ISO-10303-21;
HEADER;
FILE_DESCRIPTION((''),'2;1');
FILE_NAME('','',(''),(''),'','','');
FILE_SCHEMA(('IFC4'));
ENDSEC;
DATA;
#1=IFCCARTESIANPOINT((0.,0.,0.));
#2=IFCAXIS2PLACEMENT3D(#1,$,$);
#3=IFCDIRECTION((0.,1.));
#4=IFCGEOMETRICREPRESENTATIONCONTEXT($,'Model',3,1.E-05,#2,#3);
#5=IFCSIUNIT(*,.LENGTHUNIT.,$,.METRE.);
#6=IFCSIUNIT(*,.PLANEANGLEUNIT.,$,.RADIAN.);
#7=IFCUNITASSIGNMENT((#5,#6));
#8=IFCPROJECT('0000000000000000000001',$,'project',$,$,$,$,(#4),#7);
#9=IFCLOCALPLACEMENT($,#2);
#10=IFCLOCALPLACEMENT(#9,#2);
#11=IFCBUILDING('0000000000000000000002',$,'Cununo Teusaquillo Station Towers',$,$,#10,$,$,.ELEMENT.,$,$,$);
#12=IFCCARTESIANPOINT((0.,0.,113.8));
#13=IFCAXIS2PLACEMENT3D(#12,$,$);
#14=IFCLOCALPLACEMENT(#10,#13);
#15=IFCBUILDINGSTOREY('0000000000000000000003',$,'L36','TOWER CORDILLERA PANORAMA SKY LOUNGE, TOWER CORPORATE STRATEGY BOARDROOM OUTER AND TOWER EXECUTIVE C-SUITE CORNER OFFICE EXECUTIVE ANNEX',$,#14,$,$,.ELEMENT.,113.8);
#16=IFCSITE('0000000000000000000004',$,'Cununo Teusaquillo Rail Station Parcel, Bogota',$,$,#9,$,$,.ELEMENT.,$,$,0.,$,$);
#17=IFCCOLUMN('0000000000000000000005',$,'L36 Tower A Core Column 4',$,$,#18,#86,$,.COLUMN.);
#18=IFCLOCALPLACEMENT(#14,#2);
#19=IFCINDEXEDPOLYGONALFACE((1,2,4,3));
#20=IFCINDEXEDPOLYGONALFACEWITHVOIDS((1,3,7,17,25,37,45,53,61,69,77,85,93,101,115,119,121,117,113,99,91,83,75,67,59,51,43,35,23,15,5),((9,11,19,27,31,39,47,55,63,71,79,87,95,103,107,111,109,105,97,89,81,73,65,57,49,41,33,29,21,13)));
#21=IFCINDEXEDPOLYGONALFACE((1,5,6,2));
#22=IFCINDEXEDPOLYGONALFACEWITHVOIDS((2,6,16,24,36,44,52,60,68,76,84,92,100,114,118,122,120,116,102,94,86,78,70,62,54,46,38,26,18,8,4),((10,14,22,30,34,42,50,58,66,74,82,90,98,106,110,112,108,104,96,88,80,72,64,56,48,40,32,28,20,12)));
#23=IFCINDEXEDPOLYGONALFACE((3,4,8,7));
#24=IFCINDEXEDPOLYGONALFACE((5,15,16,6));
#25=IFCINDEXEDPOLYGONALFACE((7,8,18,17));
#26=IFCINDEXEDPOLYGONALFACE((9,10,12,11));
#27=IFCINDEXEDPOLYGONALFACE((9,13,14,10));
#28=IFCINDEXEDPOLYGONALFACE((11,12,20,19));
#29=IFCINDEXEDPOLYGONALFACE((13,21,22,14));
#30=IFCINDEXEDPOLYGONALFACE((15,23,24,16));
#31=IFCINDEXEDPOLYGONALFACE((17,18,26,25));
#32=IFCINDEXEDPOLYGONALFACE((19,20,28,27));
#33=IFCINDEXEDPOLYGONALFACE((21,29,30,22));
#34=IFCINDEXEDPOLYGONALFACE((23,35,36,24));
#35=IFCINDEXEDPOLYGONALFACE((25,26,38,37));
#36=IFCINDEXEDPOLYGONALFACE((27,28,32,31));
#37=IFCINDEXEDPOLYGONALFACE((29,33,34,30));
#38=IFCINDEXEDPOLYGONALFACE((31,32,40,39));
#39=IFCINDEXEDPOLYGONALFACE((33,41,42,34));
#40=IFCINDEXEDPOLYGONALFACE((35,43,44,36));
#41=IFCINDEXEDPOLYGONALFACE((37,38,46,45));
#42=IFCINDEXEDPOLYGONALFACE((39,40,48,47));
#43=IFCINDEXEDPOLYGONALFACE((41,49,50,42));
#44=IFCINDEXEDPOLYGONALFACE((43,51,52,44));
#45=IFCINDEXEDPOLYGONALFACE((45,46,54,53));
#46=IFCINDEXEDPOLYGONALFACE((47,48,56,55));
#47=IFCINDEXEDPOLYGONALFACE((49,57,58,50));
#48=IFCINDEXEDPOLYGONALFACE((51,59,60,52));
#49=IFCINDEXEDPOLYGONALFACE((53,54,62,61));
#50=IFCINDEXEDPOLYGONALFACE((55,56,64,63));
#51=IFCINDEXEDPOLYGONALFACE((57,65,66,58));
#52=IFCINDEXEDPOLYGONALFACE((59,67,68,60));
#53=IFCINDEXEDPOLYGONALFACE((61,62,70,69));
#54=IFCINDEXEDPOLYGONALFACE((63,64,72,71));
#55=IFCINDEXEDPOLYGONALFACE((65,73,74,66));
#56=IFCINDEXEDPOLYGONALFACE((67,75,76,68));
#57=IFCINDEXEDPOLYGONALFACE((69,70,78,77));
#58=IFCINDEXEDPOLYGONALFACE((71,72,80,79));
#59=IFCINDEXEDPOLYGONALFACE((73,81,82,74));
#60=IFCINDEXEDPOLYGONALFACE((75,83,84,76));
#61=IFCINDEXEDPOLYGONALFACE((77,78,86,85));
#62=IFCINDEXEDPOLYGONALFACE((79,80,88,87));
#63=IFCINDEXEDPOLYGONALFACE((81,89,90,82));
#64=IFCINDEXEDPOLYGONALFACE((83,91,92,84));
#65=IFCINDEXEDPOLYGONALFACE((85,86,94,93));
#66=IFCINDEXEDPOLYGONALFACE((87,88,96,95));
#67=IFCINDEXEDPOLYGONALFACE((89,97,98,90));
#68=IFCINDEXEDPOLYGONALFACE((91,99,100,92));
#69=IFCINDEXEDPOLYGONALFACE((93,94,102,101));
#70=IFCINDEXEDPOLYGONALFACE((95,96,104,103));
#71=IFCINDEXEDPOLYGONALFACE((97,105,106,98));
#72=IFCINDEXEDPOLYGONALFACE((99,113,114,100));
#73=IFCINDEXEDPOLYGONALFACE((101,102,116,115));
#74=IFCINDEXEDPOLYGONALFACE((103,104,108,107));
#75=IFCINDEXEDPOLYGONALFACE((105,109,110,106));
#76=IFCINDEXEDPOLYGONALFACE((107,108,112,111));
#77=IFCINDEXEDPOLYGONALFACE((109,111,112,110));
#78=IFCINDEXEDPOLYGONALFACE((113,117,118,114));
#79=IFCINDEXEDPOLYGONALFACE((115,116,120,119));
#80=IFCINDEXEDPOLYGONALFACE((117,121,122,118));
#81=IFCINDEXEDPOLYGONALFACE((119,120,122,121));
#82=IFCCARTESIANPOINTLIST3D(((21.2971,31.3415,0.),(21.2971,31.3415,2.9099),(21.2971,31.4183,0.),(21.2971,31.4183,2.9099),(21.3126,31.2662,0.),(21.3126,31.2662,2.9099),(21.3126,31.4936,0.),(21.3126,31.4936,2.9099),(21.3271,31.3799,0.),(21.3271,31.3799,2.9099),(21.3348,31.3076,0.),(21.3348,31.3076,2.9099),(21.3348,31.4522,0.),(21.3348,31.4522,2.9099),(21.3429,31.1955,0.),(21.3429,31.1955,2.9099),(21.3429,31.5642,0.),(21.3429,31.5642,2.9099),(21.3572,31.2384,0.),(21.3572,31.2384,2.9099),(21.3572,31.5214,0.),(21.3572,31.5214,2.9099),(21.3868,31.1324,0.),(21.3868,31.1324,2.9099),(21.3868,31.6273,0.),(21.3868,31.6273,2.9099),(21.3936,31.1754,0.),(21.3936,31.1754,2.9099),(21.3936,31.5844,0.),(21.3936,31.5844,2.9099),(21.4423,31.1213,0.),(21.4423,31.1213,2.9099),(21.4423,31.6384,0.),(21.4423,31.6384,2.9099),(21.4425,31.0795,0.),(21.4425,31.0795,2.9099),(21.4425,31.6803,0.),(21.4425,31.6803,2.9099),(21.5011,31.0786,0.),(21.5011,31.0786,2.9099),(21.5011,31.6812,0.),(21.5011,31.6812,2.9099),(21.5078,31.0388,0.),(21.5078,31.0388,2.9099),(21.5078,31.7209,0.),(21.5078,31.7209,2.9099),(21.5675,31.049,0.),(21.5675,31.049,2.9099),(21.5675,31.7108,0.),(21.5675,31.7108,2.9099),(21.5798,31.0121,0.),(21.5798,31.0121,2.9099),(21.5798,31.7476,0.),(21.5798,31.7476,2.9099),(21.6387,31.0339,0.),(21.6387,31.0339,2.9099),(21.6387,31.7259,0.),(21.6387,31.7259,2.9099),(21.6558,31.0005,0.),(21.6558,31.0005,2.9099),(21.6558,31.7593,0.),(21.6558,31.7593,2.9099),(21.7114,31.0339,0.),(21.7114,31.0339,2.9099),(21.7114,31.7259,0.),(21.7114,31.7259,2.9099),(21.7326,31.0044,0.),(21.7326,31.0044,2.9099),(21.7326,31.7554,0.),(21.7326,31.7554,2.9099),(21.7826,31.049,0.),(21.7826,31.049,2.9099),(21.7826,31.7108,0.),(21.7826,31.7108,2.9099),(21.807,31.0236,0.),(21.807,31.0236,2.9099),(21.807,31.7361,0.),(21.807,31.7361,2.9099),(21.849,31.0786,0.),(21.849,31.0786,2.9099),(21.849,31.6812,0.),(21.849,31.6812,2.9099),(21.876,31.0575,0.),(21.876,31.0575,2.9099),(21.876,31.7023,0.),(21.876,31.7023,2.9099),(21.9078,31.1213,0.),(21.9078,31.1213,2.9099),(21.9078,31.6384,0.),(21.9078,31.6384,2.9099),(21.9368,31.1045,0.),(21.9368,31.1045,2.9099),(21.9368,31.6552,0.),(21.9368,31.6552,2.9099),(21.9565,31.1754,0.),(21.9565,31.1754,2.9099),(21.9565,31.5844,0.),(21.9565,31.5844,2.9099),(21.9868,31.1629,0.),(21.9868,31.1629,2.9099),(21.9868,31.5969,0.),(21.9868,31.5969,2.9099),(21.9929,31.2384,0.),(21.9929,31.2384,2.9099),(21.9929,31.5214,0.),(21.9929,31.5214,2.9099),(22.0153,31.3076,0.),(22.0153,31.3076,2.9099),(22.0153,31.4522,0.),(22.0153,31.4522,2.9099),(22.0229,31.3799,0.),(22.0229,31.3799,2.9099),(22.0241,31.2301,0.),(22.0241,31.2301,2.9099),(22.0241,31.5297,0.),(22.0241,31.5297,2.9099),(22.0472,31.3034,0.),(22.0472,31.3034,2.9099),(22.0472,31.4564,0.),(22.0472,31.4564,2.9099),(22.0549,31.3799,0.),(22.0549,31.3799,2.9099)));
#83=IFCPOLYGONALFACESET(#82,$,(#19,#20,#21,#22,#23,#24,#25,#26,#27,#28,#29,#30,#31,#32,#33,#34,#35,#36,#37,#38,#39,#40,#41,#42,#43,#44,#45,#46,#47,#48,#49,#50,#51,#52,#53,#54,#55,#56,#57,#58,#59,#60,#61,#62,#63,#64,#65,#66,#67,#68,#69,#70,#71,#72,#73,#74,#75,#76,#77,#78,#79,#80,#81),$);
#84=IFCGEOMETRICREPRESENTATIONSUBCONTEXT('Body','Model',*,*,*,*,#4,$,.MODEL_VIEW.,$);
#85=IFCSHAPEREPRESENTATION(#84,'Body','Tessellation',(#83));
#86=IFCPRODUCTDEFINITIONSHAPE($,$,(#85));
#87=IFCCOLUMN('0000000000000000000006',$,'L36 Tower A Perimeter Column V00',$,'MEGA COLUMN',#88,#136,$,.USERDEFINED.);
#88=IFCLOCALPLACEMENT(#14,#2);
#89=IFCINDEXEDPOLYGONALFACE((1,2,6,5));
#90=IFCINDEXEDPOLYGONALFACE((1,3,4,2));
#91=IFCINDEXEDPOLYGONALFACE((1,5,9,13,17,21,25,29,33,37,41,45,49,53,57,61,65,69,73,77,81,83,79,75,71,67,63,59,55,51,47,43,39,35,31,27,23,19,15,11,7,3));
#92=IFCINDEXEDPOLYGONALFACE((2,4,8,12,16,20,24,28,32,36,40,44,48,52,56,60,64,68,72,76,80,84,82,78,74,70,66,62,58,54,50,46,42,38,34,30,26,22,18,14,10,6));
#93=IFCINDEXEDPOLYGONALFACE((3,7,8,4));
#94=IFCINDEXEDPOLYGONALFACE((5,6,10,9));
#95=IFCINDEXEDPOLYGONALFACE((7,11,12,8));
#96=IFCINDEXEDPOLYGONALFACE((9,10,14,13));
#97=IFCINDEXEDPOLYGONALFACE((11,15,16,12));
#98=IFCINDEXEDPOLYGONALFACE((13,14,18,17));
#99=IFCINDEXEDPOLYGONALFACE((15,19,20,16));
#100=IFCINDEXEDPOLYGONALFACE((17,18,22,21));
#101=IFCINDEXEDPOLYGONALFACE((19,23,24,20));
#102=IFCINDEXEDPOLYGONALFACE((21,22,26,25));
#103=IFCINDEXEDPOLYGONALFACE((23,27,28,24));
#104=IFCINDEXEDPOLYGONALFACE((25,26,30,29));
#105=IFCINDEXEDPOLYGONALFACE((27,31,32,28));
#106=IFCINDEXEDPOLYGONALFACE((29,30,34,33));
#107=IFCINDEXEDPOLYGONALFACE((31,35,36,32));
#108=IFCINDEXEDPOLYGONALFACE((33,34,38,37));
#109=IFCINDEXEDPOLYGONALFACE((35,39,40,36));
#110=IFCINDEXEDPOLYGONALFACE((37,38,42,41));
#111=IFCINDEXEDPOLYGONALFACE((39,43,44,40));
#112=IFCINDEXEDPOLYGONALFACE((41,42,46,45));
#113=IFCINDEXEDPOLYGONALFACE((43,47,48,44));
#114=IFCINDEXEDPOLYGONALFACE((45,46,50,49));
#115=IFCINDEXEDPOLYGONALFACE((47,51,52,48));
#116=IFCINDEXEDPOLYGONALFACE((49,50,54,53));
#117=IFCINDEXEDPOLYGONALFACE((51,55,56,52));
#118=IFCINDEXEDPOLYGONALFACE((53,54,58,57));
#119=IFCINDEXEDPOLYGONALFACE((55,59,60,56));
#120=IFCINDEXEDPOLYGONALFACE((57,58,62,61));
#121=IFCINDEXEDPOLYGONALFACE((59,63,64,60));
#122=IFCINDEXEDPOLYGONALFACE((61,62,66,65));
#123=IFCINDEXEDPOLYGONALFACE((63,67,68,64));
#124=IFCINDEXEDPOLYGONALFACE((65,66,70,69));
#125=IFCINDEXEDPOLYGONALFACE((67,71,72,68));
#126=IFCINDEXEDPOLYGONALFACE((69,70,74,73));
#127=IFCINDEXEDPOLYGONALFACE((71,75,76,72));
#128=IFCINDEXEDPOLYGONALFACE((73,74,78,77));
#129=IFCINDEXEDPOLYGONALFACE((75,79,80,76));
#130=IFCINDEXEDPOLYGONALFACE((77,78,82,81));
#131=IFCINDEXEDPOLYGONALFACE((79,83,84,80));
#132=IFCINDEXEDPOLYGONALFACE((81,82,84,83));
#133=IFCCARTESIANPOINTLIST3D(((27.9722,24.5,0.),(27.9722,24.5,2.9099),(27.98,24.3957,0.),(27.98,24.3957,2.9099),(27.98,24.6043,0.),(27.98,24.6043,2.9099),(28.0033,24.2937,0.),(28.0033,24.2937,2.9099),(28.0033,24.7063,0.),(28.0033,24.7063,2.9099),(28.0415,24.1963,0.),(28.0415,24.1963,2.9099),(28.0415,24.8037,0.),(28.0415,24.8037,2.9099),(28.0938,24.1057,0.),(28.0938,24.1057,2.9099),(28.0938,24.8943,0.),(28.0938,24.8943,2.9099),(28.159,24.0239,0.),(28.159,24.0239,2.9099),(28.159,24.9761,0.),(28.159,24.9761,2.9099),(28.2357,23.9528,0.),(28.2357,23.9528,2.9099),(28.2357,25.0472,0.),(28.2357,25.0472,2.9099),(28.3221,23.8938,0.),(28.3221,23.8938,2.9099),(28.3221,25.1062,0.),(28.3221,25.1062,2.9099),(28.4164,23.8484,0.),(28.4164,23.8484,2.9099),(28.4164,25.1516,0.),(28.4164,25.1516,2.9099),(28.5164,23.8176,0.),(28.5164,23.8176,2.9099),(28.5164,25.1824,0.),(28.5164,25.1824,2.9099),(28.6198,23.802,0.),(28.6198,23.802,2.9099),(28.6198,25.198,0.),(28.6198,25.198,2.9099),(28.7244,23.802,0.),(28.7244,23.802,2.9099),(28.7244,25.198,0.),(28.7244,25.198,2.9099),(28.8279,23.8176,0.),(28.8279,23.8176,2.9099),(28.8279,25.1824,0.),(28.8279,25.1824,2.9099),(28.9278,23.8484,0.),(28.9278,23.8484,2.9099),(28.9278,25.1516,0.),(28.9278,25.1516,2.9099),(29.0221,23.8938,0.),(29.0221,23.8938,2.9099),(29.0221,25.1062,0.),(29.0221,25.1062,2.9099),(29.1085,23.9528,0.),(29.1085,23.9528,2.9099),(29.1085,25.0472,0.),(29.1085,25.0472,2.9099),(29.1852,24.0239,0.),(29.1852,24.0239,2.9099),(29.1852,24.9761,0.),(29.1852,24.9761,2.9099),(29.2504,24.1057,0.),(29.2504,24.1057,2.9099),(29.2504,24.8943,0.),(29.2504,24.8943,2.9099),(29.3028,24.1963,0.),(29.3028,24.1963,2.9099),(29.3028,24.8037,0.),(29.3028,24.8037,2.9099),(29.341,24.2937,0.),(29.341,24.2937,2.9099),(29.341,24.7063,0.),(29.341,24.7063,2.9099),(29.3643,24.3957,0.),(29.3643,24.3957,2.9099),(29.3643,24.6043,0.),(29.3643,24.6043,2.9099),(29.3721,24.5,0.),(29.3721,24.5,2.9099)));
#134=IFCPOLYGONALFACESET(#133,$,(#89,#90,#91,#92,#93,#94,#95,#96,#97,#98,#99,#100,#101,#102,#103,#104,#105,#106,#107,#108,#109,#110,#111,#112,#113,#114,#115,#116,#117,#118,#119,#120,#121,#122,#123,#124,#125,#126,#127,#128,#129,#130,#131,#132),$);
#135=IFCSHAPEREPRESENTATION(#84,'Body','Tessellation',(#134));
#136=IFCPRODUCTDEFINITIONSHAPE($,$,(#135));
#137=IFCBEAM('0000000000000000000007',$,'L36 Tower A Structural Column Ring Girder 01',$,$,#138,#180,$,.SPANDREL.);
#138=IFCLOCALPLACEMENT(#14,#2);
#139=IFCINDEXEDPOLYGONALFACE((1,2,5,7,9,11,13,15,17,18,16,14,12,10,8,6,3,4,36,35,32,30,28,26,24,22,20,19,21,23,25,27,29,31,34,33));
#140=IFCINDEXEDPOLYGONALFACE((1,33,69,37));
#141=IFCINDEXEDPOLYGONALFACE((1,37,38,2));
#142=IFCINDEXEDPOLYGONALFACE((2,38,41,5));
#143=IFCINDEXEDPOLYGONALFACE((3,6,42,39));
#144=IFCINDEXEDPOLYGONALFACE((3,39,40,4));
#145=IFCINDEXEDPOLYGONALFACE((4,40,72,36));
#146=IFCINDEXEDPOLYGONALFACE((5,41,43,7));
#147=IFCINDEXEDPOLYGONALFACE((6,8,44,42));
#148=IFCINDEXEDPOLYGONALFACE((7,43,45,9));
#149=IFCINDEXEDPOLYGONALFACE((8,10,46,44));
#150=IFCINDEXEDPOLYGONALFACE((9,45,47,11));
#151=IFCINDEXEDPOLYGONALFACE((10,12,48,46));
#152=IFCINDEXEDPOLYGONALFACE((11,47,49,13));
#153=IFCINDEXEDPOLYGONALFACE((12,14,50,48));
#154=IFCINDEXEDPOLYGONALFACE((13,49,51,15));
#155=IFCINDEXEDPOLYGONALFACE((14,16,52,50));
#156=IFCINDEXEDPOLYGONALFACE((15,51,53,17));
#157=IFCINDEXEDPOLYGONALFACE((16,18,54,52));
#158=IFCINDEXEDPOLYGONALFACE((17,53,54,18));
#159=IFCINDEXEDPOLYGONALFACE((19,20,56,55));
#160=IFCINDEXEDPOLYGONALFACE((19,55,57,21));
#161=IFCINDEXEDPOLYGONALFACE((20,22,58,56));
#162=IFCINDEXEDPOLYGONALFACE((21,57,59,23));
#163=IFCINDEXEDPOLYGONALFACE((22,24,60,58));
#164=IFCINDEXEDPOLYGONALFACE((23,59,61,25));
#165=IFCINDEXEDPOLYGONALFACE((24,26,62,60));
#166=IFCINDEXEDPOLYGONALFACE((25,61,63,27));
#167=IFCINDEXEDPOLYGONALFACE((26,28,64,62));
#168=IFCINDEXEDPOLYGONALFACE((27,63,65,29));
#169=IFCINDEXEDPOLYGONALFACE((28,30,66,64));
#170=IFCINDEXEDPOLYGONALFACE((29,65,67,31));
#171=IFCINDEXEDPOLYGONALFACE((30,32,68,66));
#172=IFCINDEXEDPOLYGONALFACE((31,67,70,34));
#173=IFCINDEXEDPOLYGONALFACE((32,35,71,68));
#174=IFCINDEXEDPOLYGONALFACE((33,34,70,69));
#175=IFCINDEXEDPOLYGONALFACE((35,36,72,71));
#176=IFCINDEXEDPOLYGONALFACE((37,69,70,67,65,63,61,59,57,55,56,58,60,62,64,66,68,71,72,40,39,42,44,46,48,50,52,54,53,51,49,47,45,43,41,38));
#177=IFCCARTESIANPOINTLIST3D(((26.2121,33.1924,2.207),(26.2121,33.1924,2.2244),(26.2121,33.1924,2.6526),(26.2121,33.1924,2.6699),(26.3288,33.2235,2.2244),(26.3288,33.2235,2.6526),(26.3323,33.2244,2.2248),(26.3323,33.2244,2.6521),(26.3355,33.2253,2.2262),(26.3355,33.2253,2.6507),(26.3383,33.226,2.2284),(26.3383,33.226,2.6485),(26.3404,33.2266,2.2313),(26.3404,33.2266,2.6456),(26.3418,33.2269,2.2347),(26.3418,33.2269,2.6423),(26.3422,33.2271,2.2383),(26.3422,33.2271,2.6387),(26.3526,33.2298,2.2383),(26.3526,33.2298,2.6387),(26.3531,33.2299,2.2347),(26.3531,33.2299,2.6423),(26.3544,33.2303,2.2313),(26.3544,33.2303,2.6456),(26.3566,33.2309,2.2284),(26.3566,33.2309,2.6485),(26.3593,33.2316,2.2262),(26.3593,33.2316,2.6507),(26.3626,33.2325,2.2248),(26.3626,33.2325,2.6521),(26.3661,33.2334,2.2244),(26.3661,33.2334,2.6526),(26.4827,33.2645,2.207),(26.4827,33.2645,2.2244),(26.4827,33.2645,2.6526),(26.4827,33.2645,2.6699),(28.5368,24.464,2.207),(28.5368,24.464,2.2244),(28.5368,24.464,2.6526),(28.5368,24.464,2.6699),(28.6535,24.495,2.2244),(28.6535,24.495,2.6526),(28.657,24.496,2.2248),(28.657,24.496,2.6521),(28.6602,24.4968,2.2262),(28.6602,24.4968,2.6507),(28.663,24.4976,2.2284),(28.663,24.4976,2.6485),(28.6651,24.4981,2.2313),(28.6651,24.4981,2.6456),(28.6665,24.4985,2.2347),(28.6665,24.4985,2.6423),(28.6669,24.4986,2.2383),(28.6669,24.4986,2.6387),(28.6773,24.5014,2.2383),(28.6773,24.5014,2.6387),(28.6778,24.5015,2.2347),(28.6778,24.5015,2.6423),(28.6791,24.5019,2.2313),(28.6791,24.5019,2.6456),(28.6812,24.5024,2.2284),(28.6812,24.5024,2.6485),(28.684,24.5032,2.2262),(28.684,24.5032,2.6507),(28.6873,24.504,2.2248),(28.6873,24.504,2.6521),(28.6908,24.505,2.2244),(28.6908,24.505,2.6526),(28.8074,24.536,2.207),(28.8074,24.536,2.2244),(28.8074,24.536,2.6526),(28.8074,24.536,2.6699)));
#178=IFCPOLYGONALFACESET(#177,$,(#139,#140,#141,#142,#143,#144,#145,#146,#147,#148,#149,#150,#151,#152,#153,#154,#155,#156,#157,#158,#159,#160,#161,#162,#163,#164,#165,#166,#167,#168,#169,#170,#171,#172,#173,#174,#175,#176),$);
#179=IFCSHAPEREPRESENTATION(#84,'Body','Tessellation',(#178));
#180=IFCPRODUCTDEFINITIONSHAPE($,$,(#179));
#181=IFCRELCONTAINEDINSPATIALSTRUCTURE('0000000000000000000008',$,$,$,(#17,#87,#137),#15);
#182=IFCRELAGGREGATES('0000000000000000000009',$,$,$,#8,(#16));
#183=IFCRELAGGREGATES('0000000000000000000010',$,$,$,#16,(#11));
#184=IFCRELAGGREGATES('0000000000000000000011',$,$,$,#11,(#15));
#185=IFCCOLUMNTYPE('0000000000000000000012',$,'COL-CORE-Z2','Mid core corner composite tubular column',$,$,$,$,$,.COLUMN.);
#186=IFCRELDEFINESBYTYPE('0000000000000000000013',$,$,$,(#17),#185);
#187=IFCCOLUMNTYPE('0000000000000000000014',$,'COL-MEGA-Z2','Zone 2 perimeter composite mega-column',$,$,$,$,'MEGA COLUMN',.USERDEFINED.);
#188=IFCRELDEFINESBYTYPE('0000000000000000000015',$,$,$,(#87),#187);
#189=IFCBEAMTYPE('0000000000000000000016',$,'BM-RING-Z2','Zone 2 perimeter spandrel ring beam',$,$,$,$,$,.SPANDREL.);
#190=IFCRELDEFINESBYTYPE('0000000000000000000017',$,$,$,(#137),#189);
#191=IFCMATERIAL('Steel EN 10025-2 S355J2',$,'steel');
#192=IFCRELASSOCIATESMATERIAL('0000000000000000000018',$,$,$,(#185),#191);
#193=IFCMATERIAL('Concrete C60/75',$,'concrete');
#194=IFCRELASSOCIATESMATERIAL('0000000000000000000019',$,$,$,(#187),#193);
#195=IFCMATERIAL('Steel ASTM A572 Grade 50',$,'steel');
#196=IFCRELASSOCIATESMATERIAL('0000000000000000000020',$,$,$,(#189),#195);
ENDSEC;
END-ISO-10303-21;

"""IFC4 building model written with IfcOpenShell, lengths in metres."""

from ifc_helpers import new_model, si_unit, direction, frame, origin, origin_2d, place, context, subcontext, project, spatial, circle, hollow_circle, i_section, extrude, material, material_profile, profile_set, type_object, element, save


model = new_model("IFC4")

# Units and contexts
model_context = context("Model", 3, precision=1e-05, world=origin(), true_north=direction((0.0, 1.0)))
body_context = subcontext(model_context, "Body", "Model", "MODEL_VIEW")
ifc_project = project(units=[si_unit("LENGTHUNIT", "METRE"), si_unit("PLANEANGLEUNIT", "RADIAN")], contexts=[model_context])

# Site, building, storey
site_placement = place(None, origin())
site = spatial("IfcSite", under=ifc_project, at=site_placement, Name="Cununo Teusaquillo Rail Station Parcel, Bogota", CompositionType="ELEMENT", RefElevation=0.0)
building_placement = place(site_placement, origin())
building = spatial("IfcBuilding", under=site, at=building_placement, Name="Cununo Teusaquillo Station Towers", CompositionType="ELEMENT")
storey_placement = place(building_placement, frame((0.0, 0.0, 113.8)))
storey = spatial("IfcBuildingStorey", under=building, at=storey_placement, Name="L36", Description="TOWER CORDILLERA PANORAMA SKY LOUNGE, TOWER CORPORATE STRATEGY BOARDROOM OUTER AND TOWER EXECUTIVE C-SUITE CORNER OFFICE EXECUTIVE ANNEX", CompositionType="ELEMENT", Elevation=113.8)

# Columns
ifc_material_1 = material(Name="Steel EN 10025-2 S355J2", Category="steel")
ifc_material_profile_1 = material_profile(ifc_material_1, hollow_circle(Radius=0.3799, WallThickness=0.032, at=origin_2d()), Name="CHS 760x32")
ifc_profile_set_1 = profile_set([ifc_material_profile_1], Name="Steel EN 10025-2 S355J2")
column_type_1 = type_object("IfcColumnType", Name="COL-CORE-Z2", Description="Mid core corner composite tubular column", PredefinedType="COLUMN", material=ifc_profile_set_1)
column_1_placement = place(storey_placement, frame((21.675, 31.3799, 0.0), z_axis=(0.0, 0.0, 1.0), x_axis=(1.0, 0.0, 0.0)))
element("IfcColumn", 1, at=column_1_placement, inside=storey, type_object=column_type_1, Name="L36 Tower A Core Column 4", PredefinedType="COLUMN", context=body_context, shape_type="SweptSolid", body=[
    extrude(hollow_circle(Radius=0.3799, WallThickness=0.032, at=origin_2d()), origin(), (0.0, 0.0, 1.0), 2.9099),
])
ifc_material_2 = material(Name="Concrete C60/75", Category="concrete")
ifc_material_profile_2 = material_profile(ifc_material_2, circle(Radius=0.7, at=origin_2d()), Name="RC-CIRC-1400")
ifc_profile_set_2 = profile_set([ifc_material_profile_2], Name="Concrete C60/75")
column_type_2 = type_object("IfcColumnType", Name="COL-MEGA-Z2", Description="Zone 2 perimeter composite mega-column", ElementType="MEGA COLUMN", PredefinedType="USERDEFINED", material=ifc_profile_set_2)
column_2_placement = place(storey_placement, frame((28.6721, 24.5, 0.0), z_axis=(0.0, 0.0, 1.0), x_axis=(1.0, 0.0, 0.0)))
element("IfcColumn", 2, at=column_2_placement, inside=storey, type_object=column_type_2, Name="L36 Tower A Perimeter Column V00", ObjectType="MEGA COLUMN", PredefinedType="USERDEFINED", context=body_context, shape_type="SweptSolid", body=[
    extrude(circle(Radius=0.7, at=origin_2d()), origin(), (0.0, 0.0, 1.0), 2.9099),
])

# Beam
ifc_material_3 = material(Name="Steel ASTM A572 Grade 50", Category="steel")
ifc_material_profile_3 = material_profile(ifc_material_3, i_section(OverallWidth=0.28, OverallDepth=0.4629, WebThickness=0.0107, FlangeThickness=0.0173, FilletRadius=0.0139, at=origin_2d()), Name="W18X76")
ifc_profile_set_3 = profile_set([ifc_material_profile_3], Name="Steel ASTM A572 Grade 50")
beam_type = type_object("IfcBeamType", Name="BM-RING-Z2", Description="Zone 2 perimeter spandrel ring beam", PredefinedType="SPANDREL", material=ifc_profile_set_3)
beam_1_placement = place(storey_placement, frame((28.6721, 24.5, 2.4385), z_axis=(-0.257363, 0.966315, 0.0), x_axis=(-0.966315, -0.257363, 0.0)))
element("IfcBeam", 3, at=beam_1_placement, inside=storey, type_object=beam_type, Name="L36 Tower A Structural Column Ring Girder 01", PredefinedType="SPANDREL", context=body_context, shape_type="SweptSolid", body=[
    extrude(i_section(OverallWidth=0.28, OverallDepth=0.4629, WebThickness=0.0107, FlangeThickness=0.0173, FilletRadius=0.0139, at=origin_2d()), origin(), (0.0, 0.0, 1.0), 9.0327),
])

save(model, "model.ifc")
